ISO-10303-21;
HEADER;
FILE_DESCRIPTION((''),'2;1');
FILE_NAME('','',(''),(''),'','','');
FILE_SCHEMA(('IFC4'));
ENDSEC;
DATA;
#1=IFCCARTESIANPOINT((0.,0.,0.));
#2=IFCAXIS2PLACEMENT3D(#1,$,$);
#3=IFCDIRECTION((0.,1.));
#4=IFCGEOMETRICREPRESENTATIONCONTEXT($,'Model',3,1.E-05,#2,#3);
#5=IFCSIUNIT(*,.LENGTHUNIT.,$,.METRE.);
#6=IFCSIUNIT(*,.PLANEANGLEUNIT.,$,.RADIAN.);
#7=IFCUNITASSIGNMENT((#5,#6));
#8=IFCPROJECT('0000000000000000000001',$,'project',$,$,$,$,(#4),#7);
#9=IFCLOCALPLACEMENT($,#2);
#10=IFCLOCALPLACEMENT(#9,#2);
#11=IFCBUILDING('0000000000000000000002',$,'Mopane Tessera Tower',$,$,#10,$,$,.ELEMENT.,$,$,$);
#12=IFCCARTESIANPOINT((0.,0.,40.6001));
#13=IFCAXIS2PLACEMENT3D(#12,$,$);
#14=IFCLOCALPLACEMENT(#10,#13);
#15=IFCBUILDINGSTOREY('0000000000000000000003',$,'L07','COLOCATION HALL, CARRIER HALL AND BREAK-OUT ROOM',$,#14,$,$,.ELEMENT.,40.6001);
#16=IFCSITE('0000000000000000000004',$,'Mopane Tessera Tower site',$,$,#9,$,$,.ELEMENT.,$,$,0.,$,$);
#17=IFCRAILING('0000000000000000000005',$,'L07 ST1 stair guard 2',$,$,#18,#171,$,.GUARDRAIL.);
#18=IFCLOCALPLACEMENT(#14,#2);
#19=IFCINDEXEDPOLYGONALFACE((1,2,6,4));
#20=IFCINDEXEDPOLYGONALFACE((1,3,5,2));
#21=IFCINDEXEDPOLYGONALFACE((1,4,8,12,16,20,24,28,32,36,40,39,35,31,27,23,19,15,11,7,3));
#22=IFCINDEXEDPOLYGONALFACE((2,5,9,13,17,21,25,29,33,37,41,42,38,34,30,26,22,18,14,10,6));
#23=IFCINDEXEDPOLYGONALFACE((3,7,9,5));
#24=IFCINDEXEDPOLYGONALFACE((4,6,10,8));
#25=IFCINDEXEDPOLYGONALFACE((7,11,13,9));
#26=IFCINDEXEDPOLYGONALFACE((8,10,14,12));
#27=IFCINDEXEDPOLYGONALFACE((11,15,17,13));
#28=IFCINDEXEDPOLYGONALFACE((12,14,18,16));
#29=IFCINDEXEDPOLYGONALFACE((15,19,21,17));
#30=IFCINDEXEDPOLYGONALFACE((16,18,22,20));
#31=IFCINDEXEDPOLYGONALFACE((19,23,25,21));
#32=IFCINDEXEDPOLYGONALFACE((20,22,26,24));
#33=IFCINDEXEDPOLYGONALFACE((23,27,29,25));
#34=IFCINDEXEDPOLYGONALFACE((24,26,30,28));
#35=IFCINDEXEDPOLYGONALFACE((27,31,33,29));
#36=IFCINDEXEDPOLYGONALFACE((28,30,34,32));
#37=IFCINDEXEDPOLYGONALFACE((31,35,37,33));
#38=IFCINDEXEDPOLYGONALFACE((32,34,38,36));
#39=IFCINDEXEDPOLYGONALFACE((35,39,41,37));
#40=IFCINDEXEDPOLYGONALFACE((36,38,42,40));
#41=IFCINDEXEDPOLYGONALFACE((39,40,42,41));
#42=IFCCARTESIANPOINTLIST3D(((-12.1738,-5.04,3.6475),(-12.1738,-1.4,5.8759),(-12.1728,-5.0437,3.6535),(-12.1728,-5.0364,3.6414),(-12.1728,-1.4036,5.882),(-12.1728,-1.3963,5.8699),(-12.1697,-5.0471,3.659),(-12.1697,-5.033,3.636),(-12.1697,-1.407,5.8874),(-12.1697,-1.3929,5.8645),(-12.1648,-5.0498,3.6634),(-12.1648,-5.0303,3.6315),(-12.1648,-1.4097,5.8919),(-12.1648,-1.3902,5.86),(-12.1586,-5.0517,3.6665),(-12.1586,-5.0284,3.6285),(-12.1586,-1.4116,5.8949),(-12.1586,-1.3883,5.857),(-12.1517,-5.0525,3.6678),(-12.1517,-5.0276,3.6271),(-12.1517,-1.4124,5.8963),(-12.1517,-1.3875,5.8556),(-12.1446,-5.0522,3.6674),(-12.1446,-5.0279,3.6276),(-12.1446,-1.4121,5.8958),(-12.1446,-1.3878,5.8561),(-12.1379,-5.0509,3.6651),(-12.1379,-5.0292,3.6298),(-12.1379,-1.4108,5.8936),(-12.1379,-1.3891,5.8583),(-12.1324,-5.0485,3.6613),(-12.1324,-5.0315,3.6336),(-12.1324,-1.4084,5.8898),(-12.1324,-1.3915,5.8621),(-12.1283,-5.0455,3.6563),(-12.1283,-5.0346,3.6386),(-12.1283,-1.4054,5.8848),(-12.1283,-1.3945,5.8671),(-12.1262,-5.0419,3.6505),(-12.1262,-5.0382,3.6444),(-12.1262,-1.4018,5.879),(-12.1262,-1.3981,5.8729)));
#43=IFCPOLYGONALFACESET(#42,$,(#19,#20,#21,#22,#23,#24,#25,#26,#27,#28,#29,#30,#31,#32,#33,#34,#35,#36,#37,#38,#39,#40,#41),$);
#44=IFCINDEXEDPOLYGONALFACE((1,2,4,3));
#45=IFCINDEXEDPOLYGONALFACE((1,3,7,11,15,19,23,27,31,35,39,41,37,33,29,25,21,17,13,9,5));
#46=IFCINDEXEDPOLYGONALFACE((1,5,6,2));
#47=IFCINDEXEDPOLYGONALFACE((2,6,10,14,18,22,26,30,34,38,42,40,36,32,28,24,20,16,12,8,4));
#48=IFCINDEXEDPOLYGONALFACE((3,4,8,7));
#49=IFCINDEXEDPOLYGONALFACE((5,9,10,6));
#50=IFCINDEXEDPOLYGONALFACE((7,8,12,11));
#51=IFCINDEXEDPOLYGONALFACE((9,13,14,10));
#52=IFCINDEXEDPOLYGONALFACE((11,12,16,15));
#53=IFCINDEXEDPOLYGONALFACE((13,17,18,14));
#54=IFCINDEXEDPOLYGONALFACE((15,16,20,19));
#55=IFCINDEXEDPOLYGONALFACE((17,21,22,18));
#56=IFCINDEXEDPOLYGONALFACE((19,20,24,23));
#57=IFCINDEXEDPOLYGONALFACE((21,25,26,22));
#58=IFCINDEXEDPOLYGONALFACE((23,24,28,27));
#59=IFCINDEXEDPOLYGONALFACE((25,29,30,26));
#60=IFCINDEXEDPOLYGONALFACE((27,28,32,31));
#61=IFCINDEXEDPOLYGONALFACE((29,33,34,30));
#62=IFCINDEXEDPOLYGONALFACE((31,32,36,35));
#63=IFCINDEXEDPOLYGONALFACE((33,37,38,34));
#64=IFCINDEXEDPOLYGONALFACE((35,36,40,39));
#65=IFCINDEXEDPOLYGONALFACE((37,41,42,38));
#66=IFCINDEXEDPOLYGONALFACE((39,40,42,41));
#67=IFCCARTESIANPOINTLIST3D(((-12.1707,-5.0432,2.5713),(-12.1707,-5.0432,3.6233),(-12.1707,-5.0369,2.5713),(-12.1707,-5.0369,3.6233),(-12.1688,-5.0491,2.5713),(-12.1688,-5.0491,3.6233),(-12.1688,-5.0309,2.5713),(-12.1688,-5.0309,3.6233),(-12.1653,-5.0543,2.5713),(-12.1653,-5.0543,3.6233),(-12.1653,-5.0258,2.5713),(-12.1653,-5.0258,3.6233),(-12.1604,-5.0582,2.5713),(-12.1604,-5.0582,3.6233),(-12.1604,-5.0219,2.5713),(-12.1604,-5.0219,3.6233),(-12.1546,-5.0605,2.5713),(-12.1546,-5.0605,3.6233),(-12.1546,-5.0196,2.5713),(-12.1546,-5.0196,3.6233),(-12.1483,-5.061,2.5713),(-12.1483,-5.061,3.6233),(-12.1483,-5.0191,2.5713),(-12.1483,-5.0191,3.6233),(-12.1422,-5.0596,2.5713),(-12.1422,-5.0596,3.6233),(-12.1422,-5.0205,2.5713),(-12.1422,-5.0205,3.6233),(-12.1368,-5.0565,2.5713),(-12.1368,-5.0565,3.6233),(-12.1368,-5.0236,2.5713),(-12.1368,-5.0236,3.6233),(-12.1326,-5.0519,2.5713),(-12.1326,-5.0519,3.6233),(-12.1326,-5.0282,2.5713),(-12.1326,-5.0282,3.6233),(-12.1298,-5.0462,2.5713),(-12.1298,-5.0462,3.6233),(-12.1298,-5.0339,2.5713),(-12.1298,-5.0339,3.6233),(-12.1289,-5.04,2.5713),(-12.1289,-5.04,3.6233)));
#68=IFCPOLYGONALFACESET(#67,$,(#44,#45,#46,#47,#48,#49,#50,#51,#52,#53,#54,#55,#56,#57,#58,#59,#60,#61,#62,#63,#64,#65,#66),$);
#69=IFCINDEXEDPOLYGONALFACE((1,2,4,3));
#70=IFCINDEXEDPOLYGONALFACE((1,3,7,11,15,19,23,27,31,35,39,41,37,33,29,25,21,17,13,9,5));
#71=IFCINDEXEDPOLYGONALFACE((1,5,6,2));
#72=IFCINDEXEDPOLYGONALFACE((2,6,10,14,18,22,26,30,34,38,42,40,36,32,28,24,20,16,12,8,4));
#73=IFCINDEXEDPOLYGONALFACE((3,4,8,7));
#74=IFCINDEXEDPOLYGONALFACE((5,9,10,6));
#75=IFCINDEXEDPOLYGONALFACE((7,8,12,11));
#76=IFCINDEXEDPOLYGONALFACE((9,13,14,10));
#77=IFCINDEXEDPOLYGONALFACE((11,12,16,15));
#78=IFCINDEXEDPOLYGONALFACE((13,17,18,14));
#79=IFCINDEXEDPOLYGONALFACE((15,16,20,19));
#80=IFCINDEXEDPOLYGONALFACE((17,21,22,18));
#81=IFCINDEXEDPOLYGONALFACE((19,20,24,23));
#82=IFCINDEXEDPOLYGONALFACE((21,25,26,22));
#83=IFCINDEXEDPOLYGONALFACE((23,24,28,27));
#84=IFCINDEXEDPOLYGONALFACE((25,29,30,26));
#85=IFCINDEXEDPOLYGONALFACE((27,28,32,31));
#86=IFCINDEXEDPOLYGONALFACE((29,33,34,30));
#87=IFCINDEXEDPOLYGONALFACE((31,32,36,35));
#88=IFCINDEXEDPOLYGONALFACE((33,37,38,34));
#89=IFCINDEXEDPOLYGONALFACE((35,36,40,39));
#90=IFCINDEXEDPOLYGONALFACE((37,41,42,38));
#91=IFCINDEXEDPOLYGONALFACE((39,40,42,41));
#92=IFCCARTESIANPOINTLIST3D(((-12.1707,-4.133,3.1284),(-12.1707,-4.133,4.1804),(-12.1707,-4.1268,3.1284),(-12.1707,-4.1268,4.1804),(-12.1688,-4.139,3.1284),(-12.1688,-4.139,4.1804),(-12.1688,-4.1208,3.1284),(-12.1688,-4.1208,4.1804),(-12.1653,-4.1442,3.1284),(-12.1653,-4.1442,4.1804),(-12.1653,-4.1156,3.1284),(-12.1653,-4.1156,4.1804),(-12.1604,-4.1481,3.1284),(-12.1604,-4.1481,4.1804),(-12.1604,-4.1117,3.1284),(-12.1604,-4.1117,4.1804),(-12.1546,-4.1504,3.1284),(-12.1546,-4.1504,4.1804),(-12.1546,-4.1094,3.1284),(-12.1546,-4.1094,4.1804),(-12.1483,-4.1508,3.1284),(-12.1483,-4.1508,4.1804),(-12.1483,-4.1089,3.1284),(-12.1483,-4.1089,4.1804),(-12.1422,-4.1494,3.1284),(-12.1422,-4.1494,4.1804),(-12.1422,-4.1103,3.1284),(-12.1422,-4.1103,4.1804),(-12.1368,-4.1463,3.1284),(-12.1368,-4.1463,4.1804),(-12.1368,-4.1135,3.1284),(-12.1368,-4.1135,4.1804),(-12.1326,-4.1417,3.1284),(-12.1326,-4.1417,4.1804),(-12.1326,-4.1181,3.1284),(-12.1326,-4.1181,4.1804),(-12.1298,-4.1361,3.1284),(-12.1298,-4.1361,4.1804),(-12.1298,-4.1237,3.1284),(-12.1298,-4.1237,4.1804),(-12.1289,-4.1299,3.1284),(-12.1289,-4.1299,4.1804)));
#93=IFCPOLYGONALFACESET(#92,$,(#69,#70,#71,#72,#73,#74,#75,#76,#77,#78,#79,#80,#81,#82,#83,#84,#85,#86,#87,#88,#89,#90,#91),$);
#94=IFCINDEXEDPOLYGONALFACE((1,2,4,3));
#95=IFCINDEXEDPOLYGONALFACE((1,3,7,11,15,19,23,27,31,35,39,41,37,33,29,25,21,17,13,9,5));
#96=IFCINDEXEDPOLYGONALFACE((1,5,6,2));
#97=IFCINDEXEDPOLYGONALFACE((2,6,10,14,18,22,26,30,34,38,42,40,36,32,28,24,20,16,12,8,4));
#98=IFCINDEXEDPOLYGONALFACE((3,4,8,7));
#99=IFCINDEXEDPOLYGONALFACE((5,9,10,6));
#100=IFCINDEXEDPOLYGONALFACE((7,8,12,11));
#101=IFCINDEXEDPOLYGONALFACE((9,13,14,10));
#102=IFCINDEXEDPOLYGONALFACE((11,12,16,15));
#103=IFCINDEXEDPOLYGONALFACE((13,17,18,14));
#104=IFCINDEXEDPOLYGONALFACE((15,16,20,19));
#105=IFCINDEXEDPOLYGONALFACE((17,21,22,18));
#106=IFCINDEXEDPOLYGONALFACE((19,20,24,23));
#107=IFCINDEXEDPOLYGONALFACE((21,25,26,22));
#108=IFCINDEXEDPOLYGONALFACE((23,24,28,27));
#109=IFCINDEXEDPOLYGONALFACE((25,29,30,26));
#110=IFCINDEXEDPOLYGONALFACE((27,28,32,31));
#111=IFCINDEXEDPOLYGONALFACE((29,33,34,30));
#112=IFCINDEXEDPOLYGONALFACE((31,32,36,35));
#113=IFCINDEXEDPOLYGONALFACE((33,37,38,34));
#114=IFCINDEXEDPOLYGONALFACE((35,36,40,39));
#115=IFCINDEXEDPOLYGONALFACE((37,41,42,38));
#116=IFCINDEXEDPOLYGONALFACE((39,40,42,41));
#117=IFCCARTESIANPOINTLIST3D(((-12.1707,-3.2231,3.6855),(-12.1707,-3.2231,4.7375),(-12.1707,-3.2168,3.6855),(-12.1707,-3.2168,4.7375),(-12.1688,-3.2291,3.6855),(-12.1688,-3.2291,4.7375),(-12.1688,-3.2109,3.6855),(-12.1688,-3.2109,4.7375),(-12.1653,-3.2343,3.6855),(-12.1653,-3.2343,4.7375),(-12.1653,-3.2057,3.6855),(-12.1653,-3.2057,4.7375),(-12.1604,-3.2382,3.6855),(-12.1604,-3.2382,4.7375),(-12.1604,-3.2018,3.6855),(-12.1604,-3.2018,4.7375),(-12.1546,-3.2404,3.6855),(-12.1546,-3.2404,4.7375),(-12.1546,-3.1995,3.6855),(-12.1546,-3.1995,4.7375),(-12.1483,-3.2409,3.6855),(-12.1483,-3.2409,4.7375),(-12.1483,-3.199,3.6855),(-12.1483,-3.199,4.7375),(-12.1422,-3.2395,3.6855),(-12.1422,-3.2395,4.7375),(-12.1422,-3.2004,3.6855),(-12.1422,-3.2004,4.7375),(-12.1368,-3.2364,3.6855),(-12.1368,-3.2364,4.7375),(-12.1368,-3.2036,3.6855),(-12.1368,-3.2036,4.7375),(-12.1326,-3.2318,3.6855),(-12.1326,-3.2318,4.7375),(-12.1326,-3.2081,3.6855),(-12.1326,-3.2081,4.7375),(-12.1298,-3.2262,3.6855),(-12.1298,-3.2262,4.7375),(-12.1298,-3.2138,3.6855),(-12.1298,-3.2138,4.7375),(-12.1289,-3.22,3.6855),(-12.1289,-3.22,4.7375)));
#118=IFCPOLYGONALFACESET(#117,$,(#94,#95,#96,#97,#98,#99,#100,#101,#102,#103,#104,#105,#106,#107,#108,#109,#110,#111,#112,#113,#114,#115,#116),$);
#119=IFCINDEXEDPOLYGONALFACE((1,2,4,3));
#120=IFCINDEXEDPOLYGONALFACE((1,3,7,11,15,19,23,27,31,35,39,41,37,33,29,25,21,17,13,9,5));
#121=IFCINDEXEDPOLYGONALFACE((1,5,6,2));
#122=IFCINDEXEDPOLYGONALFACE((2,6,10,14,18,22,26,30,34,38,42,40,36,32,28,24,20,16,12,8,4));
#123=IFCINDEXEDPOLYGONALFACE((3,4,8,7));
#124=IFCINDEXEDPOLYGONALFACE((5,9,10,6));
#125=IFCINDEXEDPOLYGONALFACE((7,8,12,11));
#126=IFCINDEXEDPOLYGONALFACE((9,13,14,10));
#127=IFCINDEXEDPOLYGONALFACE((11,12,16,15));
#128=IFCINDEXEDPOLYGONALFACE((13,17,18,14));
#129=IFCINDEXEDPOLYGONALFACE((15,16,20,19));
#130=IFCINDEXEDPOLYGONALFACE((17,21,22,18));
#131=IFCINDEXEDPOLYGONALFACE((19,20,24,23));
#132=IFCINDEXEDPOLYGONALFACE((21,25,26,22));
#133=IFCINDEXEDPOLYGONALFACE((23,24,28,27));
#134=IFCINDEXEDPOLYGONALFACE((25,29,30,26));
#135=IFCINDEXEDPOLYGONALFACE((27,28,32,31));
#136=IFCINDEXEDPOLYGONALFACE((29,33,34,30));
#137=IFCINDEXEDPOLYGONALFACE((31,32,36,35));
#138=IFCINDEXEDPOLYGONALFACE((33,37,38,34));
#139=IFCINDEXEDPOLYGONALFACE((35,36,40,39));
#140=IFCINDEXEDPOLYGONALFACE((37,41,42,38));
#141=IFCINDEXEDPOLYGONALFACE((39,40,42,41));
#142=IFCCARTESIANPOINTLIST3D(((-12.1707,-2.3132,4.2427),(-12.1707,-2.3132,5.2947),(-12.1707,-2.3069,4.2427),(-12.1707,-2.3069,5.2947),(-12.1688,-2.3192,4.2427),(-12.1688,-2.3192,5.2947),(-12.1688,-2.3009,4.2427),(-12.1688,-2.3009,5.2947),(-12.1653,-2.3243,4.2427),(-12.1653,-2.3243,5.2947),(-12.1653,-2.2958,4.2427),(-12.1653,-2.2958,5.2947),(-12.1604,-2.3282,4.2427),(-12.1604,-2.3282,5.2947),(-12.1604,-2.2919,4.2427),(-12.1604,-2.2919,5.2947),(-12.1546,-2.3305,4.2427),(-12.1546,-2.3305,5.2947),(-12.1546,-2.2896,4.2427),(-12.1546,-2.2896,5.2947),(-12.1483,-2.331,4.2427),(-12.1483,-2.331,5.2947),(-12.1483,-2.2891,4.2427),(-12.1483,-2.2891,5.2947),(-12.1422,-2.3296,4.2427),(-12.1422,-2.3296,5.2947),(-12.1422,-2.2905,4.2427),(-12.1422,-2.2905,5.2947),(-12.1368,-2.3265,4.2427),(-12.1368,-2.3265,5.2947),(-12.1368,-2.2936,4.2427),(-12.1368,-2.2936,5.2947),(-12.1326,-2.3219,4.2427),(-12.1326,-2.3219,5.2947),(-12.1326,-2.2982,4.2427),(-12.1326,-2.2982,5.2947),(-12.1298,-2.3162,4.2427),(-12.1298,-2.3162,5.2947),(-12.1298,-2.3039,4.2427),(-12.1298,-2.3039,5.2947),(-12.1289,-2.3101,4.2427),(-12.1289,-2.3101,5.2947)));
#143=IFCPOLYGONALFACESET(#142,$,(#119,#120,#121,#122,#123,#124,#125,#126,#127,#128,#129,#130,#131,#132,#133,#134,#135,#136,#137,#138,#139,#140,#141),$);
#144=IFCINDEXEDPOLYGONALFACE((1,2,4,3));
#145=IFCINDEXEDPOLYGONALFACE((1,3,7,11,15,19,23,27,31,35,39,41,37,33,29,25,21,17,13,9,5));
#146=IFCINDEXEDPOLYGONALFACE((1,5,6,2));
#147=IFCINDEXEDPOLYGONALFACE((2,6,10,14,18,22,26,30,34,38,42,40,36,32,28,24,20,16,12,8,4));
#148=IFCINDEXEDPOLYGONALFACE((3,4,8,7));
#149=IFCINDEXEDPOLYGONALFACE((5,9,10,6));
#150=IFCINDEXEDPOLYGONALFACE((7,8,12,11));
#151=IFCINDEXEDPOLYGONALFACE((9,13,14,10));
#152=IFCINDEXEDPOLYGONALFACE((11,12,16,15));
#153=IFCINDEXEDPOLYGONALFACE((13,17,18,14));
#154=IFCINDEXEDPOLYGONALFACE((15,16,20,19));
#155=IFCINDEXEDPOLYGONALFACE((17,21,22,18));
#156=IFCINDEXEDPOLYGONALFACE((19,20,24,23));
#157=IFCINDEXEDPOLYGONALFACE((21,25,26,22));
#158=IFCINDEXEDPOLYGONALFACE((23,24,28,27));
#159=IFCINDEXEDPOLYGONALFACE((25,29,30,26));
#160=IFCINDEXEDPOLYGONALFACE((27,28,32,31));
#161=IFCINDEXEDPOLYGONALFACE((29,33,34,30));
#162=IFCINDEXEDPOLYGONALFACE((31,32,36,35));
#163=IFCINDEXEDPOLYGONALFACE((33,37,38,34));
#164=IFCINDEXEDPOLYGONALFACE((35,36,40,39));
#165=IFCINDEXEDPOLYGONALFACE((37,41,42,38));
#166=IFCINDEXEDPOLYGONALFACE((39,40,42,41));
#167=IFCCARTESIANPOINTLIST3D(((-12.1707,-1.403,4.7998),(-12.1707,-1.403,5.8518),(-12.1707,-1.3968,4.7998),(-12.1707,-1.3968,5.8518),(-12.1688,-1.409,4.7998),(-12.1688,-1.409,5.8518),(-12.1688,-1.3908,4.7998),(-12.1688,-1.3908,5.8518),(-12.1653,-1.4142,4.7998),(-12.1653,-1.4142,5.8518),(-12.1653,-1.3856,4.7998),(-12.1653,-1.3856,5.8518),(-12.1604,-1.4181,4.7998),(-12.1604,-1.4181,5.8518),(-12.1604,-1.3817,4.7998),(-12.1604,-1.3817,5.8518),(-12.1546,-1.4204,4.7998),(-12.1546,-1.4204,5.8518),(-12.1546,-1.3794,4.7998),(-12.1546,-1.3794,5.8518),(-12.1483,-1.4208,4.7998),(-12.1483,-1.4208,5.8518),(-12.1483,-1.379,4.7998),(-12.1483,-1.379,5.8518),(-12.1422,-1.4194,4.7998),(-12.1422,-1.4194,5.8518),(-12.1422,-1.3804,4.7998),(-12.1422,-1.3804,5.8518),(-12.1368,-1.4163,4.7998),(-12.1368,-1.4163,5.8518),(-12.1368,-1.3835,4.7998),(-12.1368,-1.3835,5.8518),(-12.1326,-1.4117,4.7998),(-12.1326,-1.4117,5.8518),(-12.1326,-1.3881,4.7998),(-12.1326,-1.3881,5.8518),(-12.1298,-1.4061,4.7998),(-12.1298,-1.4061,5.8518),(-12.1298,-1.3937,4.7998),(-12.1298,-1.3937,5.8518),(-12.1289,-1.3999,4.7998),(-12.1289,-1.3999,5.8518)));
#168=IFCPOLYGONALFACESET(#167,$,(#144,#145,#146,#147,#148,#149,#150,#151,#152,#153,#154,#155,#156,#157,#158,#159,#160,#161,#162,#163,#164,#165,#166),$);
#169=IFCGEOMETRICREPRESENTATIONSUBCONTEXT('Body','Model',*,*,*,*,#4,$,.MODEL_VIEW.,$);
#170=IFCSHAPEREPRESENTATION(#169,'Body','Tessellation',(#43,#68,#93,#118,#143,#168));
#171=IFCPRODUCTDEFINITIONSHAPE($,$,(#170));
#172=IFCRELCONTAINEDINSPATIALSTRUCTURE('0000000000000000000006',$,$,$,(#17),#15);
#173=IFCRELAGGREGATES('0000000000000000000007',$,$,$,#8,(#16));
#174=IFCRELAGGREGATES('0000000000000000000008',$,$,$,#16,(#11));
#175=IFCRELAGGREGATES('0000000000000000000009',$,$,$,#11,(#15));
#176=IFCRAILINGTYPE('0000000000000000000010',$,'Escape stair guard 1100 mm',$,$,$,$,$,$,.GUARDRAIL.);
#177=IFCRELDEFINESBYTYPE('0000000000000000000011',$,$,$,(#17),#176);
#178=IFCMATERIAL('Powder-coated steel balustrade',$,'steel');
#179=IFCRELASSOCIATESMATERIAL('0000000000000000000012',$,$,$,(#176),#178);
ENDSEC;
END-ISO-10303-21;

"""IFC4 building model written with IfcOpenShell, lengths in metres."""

from ifc_helpers import new_model, si_unit, direction, frame, origin, origin_2d, place, context, subcontext, project, spatial, circle, extrude, material, type_object, element, save


model = new_model("IFC4")

# Units and contexts
model_context = context("Model", 3, precision=1e-05, world=origin(), true_north=direction((0.0, 1.0)))
body_context = subcontext(model_context, "Body", "Model", "MODEL_VIEW")
ifc_project = project(units=[si_unit("LENGTHUNIT", "METRE"), si_unit("PLANEANGLEUNIT", "RADIAN")], contexts=[model_context])

# Site, building, storey
site_placement = place(None, origin())
site = spatial("IfcSite", under=ifc_project, at=site_placement, Name="Mopane Tessera Tower site", CompositionType="ELEMENT", RefElevation=0.0)
building_placement = place(site_placement, origin())
building = spatial("IfcBuilding", under=site, at=building_placement, Name="Mopane Tessera Tower", CompositionType="ELEMENT")
storey_placement = place(building_placement, frame((0.0, 0.0, 40.6001)))
storey = spatial("IfcBuildingStorey", under=building, at=storey_placement, Name="L07", Description="COLOCATION HALL, CARRIER HALL AND BREAK-OUT ROOM", CompositionType="ELEMENT", Elevation=40.6001)

# Railing
ifc_material_1 = material(Name="Powder-coated steel balustrade", Category="steel")
railing_type = type_object("IfcRailingType", Name="Escape stair guard 1100 mm", PredefinedType="GUARDRAIL", material=ifc_material_1)
railing_placement = place(storey_placement, frame((-12.1499, -5.04, 2.5713)))
element("IfcRailing", 1, at=railing_placement, inside=storey, type_object=railing_type, Name="L07 ST1 stair guard 2", PredefinedType="GUARDRAIL", context=body_context, shape_type="SweptSolid", body=[
    extrude(circle(Radius=0.0239, at=origin_2d()), frame((0.0, 0.0, 1.0762), z_axis=(0.0, 0.852866, 0.52213), x_axis=(-1.0, 0.0, 0.0)), (0.0, 0.0, 1.0), 4.2681),
    extrude(circle(Radius=0.021, at=origin_2d()), origin(), (0.0, 0.0, 1.0), 1.052),
    extrude(circle(Radius=0.021, at=origin_2d()), frame((0.0, 0.9102, 0.5571)), (0.0, 0.0, 1.0), 1.052),
    extrude(circle(Radius=0.021, at=origin_2d()), frame((0.0, 1.8201, 1.1143)), (0.0, 0.0, 1.0), 1.052),
    extrude(circle(Radius=0.021, at=origin_2d()), frame((0.0, 2.73, 1.6714)), (0.0, 0.0, 1.0), 1.052),
    extrude(circle(Radius=0.021, at=origin_2d()), frame((0.0, 3.6401, 2.2285)), (0.0, 0.0, 1.0), 1.052),
])

save(model, "model.ifc")
